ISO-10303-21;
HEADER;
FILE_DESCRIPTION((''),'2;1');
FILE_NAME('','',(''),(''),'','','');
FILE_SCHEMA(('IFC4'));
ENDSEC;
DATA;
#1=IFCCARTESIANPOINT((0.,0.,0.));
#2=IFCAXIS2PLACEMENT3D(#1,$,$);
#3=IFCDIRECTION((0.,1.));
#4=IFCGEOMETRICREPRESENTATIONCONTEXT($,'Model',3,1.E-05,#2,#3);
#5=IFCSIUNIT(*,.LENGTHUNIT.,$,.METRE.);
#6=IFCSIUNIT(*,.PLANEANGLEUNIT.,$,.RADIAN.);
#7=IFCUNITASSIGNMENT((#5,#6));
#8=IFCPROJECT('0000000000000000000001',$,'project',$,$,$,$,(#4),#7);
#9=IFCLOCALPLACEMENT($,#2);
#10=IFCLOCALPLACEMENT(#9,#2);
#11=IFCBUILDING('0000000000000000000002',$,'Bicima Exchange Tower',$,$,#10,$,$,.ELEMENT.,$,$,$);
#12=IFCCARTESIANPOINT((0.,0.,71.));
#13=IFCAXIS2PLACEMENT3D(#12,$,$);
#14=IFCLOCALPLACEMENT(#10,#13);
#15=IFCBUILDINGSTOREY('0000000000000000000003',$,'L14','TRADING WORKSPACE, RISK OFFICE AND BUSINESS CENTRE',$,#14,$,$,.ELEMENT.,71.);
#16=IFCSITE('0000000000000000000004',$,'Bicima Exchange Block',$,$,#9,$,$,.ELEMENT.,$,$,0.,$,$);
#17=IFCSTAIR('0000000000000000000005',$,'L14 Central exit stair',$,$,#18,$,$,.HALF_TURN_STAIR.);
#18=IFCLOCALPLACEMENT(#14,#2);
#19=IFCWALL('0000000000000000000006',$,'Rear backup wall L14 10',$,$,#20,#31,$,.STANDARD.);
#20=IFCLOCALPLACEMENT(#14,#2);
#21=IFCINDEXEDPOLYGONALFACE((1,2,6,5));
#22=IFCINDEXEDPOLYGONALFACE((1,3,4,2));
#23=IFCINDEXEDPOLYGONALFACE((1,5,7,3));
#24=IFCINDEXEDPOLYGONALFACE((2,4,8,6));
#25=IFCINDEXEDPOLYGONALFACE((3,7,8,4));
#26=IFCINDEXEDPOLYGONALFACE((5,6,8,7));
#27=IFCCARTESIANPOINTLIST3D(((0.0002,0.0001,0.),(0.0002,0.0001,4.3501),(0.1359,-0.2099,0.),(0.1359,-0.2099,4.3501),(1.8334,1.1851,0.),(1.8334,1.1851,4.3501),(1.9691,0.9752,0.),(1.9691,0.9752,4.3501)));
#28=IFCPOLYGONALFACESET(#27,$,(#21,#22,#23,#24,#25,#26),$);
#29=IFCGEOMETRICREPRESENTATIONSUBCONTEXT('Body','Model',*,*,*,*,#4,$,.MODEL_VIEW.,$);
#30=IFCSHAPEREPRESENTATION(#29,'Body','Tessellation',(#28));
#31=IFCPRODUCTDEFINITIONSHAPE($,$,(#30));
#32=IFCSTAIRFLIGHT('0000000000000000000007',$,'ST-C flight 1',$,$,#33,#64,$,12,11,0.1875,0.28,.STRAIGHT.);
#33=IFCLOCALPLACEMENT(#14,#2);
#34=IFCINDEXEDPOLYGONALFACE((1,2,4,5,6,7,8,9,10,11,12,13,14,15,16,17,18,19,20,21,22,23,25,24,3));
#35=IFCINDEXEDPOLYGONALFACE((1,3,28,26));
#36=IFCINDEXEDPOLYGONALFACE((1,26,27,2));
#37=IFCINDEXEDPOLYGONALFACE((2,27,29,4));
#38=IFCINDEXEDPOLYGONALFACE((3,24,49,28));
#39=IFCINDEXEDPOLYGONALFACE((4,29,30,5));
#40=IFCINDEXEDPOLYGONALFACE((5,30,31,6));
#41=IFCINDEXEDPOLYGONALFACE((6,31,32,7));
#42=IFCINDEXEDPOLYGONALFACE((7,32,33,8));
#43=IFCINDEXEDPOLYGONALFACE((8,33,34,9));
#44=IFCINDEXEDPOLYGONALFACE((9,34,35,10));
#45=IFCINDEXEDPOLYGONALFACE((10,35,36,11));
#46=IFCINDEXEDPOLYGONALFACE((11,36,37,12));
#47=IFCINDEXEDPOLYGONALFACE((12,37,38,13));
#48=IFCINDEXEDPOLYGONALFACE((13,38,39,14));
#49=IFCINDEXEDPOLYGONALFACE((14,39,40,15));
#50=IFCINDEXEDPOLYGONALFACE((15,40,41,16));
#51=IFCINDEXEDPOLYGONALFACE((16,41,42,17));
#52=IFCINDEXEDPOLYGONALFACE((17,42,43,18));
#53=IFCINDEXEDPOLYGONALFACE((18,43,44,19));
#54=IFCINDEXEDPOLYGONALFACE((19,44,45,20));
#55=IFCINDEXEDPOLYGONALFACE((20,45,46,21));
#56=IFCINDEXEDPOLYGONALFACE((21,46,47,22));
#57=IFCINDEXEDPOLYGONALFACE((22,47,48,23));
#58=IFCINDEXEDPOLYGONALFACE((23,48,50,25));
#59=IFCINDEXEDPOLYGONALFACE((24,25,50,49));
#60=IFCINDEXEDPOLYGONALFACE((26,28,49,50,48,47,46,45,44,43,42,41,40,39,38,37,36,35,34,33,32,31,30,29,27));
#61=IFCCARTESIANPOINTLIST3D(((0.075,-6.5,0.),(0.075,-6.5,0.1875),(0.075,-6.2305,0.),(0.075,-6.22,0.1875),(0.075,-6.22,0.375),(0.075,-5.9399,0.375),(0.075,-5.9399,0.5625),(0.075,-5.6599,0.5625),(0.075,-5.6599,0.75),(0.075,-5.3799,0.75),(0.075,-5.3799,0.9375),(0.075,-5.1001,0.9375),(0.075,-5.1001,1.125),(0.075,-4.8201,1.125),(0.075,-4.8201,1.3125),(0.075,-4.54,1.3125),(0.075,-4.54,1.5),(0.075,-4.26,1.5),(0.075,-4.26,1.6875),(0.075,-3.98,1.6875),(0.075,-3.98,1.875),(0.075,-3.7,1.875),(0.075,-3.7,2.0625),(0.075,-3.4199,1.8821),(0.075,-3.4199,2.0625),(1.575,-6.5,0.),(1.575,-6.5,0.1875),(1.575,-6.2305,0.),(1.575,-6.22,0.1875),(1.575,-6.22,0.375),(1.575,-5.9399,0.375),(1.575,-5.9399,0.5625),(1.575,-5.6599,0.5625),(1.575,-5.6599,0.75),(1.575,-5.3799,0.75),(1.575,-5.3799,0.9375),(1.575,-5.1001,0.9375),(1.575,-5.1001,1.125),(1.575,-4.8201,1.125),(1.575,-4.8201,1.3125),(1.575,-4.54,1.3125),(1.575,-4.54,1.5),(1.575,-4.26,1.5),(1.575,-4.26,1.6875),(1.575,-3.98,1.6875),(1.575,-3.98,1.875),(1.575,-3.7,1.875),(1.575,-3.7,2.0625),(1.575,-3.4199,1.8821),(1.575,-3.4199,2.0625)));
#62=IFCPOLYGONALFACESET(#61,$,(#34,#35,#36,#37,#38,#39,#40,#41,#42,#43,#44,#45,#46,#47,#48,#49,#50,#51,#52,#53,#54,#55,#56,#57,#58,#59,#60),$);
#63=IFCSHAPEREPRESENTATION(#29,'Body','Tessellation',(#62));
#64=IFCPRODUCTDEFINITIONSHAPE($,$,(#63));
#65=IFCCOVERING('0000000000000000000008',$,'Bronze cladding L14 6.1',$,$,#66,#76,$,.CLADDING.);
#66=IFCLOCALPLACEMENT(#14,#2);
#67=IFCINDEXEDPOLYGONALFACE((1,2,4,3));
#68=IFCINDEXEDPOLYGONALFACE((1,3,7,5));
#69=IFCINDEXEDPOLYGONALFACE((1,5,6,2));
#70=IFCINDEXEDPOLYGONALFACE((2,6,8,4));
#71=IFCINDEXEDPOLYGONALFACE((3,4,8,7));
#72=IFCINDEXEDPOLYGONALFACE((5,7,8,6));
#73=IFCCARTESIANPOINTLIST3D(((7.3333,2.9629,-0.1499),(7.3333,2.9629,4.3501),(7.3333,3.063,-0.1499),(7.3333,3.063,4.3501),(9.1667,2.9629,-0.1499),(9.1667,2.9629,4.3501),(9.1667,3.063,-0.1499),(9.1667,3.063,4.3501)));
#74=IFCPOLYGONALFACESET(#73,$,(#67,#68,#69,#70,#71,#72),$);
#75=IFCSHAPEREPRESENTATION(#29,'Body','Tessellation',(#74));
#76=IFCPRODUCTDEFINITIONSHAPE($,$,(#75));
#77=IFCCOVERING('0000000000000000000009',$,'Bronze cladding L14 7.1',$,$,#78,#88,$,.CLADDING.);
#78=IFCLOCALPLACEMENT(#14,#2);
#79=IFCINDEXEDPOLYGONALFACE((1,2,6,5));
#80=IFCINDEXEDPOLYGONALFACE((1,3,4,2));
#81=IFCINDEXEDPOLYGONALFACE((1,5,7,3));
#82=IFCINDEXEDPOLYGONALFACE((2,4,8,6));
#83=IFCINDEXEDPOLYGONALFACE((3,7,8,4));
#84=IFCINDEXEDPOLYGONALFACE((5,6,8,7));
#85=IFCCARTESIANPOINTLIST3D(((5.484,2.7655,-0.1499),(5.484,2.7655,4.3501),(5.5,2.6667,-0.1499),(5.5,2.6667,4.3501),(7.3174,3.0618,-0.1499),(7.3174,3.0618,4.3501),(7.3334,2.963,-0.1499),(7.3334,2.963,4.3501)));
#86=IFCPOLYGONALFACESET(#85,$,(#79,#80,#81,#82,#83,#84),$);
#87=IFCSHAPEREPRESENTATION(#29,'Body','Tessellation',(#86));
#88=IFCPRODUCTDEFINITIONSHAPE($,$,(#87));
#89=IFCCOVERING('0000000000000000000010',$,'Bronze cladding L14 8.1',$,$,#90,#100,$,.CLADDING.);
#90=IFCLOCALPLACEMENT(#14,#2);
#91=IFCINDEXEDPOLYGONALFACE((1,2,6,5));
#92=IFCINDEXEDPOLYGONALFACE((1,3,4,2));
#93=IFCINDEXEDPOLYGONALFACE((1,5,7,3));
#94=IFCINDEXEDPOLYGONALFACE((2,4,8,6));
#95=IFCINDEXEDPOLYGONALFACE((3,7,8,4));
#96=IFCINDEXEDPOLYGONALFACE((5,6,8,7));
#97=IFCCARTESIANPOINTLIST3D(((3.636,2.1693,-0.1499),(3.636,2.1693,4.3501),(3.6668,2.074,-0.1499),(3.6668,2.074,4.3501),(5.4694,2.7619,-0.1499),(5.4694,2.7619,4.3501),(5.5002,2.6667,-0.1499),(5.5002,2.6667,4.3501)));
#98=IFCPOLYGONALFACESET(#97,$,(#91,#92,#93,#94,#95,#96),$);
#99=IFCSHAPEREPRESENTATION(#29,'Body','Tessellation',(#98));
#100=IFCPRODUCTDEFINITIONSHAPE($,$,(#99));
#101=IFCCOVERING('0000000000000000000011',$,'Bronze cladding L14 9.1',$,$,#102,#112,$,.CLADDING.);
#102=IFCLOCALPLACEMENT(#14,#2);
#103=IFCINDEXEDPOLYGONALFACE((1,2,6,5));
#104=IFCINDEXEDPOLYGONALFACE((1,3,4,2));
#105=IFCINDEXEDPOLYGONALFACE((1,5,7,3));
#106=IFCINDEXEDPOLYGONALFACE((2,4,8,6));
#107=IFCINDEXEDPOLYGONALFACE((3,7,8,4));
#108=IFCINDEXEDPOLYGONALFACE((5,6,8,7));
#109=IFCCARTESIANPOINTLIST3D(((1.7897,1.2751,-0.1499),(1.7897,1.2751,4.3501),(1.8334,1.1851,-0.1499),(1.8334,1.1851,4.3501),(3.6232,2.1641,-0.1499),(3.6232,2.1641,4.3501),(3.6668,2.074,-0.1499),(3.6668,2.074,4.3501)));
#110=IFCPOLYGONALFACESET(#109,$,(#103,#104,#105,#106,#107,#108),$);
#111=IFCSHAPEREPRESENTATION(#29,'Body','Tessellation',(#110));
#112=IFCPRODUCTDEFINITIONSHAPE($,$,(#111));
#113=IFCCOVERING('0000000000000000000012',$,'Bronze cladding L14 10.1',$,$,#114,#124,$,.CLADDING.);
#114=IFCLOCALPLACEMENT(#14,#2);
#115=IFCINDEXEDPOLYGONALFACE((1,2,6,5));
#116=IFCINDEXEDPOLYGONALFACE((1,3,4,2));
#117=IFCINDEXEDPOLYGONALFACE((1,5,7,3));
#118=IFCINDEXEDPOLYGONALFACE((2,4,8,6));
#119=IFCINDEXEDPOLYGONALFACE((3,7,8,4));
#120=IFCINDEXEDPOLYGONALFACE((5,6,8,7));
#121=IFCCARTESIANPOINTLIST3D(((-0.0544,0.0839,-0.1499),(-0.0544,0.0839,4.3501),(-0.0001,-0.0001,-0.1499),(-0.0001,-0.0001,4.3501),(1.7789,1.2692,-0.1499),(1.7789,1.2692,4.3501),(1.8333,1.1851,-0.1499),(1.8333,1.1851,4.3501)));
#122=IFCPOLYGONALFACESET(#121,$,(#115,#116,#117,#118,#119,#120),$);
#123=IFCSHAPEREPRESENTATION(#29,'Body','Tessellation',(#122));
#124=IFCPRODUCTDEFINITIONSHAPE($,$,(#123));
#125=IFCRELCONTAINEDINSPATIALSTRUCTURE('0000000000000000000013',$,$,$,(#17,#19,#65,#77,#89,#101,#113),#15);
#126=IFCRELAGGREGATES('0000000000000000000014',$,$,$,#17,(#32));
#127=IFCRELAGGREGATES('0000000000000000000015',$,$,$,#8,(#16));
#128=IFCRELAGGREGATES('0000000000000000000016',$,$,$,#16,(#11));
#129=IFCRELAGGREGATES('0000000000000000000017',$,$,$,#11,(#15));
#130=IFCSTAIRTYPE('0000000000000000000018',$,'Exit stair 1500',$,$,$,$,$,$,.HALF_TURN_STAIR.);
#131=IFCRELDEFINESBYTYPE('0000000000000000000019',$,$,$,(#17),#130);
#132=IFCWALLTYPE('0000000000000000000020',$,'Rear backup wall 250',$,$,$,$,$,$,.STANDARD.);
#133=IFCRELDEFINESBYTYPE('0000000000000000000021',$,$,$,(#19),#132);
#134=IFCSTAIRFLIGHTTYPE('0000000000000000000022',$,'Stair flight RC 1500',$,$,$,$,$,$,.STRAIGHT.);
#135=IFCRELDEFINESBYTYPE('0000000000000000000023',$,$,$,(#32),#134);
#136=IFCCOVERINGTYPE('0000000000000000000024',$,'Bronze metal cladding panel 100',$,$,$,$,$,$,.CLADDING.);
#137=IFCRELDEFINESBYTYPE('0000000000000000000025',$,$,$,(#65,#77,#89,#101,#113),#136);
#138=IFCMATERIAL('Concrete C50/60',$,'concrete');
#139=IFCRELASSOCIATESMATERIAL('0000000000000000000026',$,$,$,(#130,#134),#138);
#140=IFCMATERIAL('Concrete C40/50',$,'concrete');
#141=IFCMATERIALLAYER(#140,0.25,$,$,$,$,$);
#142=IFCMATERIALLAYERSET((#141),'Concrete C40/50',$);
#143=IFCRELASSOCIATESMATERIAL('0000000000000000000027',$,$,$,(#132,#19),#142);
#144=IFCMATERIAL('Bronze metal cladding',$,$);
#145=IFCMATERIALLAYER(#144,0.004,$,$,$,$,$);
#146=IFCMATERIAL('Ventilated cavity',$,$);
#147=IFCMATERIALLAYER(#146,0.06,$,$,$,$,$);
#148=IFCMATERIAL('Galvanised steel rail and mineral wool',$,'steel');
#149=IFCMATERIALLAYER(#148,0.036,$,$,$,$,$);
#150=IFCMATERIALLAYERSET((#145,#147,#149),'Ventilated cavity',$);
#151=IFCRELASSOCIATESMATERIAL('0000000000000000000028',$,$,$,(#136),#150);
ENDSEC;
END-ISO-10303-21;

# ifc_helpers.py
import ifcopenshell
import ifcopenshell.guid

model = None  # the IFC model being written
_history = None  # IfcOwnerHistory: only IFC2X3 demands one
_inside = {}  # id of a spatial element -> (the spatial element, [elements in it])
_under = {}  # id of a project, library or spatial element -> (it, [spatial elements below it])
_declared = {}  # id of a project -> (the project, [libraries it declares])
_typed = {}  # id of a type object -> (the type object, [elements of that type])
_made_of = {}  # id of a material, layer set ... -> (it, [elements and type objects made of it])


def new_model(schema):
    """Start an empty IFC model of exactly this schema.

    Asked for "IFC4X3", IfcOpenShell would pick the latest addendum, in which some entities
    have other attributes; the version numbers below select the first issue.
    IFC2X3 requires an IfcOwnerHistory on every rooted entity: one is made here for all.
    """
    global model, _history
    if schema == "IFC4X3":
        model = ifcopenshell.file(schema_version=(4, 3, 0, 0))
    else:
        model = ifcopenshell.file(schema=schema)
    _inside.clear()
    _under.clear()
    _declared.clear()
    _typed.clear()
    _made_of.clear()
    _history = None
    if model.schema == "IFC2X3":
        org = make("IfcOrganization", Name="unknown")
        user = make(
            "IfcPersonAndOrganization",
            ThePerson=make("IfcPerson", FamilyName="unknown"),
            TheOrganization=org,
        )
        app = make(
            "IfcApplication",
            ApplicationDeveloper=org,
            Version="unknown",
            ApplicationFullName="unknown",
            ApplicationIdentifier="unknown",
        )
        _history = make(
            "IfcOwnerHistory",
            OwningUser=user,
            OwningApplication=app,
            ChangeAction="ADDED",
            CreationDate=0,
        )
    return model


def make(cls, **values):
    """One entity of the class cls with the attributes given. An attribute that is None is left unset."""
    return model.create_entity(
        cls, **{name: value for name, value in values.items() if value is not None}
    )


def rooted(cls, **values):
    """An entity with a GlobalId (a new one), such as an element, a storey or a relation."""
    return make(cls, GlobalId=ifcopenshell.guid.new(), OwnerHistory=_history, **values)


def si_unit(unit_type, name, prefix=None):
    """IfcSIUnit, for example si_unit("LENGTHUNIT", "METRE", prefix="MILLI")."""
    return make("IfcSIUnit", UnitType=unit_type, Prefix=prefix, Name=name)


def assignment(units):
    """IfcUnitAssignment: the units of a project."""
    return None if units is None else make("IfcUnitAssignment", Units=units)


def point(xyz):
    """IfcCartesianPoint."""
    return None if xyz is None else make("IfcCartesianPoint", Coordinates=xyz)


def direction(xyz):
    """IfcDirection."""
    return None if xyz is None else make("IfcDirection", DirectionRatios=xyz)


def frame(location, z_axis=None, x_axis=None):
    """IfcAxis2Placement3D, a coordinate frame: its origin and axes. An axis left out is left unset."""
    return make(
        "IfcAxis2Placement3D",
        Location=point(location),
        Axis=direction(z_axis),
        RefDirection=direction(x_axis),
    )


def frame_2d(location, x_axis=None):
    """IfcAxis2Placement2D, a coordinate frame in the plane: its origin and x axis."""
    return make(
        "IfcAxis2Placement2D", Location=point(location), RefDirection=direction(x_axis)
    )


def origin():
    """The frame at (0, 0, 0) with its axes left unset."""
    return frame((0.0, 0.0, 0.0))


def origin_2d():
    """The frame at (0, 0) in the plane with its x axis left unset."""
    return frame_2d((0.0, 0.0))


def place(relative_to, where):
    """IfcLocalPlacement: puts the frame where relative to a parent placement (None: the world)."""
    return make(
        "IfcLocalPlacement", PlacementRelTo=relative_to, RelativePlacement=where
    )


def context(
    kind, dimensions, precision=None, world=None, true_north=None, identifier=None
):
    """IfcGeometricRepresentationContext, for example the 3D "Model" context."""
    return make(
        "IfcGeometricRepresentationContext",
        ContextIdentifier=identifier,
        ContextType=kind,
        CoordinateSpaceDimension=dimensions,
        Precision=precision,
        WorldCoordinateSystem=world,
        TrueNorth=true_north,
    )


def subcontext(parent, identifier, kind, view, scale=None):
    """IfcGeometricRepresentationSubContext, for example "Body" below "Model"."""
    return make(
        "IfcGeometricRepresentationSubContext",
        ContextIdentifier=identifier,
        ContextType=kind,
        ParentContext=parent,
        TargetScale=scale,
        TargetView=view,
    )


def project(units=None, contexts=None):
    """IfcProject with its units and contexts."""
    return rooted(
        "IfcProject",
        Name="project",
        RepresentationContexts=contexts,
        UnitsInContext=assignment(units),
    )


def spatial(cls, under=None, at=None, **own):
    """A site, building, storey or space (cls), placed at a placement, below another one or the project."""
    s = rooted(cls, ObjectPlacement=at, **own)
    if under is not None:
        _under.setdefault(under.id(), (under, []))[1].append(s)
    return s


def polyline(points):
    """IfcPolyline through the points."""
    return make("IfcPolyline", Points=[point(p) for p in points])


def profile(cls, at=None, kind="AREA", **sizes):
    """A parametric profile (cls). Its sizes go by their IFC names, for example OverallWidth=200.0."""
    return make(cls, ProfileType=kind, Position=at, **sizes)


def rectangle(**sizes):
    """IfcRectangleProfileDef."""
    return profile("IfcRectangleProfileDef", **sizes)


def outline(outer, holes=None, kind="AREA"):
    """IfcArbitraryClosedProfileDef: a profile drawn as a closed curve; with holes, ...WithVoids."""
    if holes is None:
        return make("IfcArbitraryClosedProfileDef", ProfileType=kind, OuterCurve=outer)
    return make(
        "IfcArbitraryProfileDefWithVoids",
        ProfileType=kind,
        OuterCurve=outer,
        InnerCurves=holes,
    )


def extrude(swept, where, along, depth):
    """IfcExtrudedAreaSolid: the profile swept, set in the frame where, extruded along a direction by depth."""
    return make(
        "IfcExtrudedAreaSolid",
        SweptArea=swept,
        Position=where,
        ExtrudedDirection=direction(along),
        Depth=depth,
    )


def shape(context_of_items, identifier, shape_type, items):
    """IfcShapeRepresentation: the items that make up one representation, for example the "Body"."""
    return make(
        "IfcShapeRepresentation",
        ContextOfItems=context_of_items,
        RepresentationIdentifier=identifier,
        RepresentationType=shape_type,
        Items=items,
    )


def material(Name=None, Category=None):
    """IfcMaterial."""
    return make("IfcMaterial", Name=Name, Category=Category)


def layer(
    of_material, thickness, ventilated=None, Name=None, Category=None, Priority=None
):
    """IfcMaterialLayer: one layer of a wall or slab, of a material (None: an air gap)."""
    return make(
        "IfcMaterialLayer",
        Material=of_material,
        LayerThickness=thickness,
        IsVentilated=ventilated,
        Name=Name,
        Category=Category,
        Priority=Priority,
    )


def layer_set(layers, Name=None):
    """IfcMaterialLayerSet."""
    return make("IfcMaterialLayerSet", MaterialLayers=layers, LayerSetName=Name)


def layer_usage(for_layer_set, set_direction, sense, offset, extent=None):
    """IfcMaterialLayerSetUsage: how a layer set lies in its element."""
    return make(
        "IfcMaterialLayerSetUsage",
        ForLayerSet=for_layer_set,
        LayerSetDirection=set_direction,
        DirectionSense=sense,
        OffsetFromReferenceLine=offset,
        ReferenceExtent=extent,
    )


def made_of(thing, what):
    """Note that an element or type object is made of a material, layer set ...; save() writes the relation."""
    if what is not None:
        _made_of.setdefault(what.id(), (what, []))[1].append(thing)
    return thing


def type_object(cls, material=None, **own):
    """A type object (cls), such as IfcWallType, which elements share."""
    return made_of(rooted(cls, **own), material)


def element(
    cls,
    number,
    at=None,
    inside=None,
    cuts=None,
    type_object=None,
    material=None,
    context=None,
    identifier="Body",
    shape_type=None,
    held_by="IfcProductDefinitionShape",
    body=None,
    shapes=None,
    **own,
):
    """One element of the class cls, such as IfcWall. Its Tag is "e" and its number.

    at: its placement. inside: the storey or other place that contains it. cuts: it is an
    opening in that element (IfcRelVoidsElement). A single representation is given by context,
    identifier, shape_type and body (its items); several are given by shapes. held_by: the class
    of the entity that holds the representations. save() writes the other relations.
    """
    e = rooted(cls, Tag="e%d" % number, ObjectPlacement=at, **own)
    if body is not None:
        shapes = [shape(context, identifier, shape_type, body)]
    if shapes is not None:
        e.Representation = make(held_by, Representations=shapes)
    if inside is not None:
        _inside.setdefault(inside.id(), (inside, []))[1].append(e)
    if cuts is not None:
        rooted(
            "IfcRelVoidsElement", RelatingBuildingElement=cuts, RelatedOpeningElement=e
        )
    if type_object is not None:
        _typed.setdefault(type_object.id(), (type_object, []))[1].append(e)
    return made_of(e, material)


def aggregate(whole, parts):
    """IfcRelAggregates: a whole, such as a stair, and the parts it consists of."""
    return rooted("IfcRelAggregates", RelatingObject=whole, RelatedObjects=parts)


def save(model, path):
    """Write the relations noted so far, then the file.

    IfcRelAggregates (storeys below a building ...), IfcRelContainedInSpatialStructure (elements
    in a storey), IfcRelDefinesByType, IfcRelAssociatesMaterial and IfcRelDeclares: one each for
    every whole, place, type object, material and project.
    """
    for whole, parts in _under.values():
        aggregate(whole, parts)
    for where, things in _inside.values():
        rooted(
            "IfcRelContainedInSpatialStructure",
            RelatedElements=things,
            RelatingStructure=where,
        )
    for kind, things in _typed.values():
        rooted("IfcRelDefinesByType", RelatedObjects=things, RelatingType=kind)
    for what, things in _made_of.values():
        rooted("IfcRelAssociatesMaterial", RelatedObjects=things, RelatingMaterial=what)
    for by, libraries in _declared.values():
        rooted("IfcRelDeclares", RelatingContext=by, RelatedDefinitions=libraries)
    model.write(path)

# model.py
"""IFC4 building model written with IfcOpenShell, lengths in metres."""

from ifc_helpers import new_model, si_unit, direction, frame, frame_2d, origin, origin_2d, place, context, subcontext, project, spatial, polyline, rectangle, outline, extrude, material, layer, layer_set, layer_usage, type_object, element, aggregate, save


model = new_model("IFC4")

# Units and contexts
model_context = context("Model", 3, precision=1e-05, world=origin(), true_north=direction((0.0, 1.0)))
body_context = subcontext(model_context, "Body", "Model", "MODEL_VIEW")
ifc_project = project(units=[si_unit("LENGTHUNIT", "METRE"), si_unit("PLANEANGLEUNIT", "RADIAN")], contexts=[model_context])

# Site, building, storey
site_placement = place(None, origin())
site = spatial("IfcSite", under=ifc_project, at=site_placement, Name="Bicima Exchange Block", CompositionType="ELEMENT", RefElevation=0.0)
building_placement = place(site_placement, origin())
building = spatial("IfcBuilding", under=site, at=building_placement, Name="Bicima Exchange Tower", CompositionType="ELEMENT")
storey_placement = place(building_placement, frame((0.0, 0.0, 71.0)))
storey = spatial("IfcBuildingStorey", under=building, at=storey_placement, Name="L14", Description="TRADING WORKSPACE, RISK OFFICE AND BUSINESS CENTRE", CompositionType="ELEMENT", Elevation=71.0)

# Stair
ifc_material_1 = material(Name="Concrete C50/60", Category="concrete")
stair_type_1 = type_object("IfcStairType", Name="Exit stair 1500", PredefinedType="HALF_TURN_STAIR", material=ifc_material_1)
stair_1_placement = place(storey_placement, origin())
stair_1 = element("IfcStair", 1, at=stair_1_placement, inside=storey, type_object=stair_type_1, Name="L14 Central exit stair", PredefinedType="HALF_TURN_STAIR")

# Wall
ifc_material_2 = material(Name="Concrete C40/50", Category="concrete")
ifc_layer_1 = layer(ifc_material_2, 0.25)
ifc_layer_set_1 = layer_set([ifc_layer_1], Name="Concrete C40/50")
ifc_layer_usage = layer_usage(ifc_layer_set_1, "AXIS2", "POSITIVE", -0.125)
wall_type_1 = type_object("IfcWallType", Name="Rear backup wall 250", PredefinedType="STANDARD", material=ifc_layer_set_1)
wall_1_placement = place(storey_placement, frame((1.9011, 1.0801, 0.0), z_axis=(0.0, 0.0, 1.0), x_axis=(-0.839813, -0.542876, 0.0)))
element("IfcWall", 2, at=wall_1_placement, inside=storey, type_object=wall_type_1, material=ifc_layer_usage, Name="Rear backup wall L14 10", PredefinedType="STANDARD", context=body_context, shape_type="SweptSolid", body=[
    extrude(rectangle(XDim=2.1829, YDim=0.25, at=frame_2d((1.0913, 0.0))), origin(), (0.0, 0.0, 1.0), 4.3501),
])

# Stair flight
stair_flight_type = type_object("IfcStairFlightType", Name="Stair flight RC 1500", PredefinedType="STRAIGHT", material=ifc_material_1)
stair_flight_placement = place(storey_placement, frame((0.825, -6.5, 0.0), z_axis=(0.0, 0.0, 1.0), x_axis=(0.0, 1.0, 0.0)))
stair_flight = element("IfcStairFlight", 3, at=stair_flight_placement, type_object=stair_flight_type, Name="ST-C flight 1", NumberOfRisers=12, NumberOfTreads=11, PredefinedType="STRAIGHT", RiserHeight=0.1875, TreadLength=0.28, context=body_context, shape_type="SweptSolid", body=[
    extrude(outline(polyline([(0.0, 0.0), (0.0, 0.1875), (0.28, 0.1875), (0.28, 0.375), (0.5601, 0.375), (0.5601, 0.5625), (0.8401, 0.5625), (0.8401, 0.75), (1.1201, 0.75), (1.1201, 0.9375), (1.3999, 0.9375), (1.3999, 1.125), (1.6799, 1.125), (1.6799, 1.3125), (1.96, 1.3125), (1.96, 1.5), (2.24, 1.5), (2.24, 1.6875), (2.52, 1.6875), (2.52, 1.875), (2.8, 1.875), (2.8, 2.0625), (3.0801, 2.0625), (3.0801, 2.25), (3.0801, 1.8821), (0.2695, 0.0), (0.0, 0.0)])), frame((0.0, 0.75, 0.0), z_axis=(0.0, -1.0, 0.0), x_axis=(1.0, 0.0, 0.0)), (0.0, 0.0, 1.0), 1.5),
])
aggregate(stair_1, [stair_flight])

# Coverings
ifc_material_3 = material(Name="Bronze metal cladding")
ifc_layer_2 = layer(ifc_material_3, 0.004)
ifc_material_4 = material(Name="Ventilated cavity")
ifc_layer_3 = layer(ifc_material_4, 0.06)
ifc_material_5 = material(Name="Galvanised steel rail and mineral wool", Category="steel")
ifc_layer_4 = layer(ifc_material_5, 0.036)
ifc_layer_set_2 = layer_set([ifc_layer_2, ifc_layer_3, ifc_layer_4], Name="Ventilated cavity")
covering_type = type_object("IfcCoveringType", Name="Bronze metal cladding panel 100", PredefinedType="CLADDING", material=ifc_layer_set_2)
covering_1_placement = place(storey_placement, frame((8.25, 3.0129, -0.1499), z_axis=(0.0, 0.0, 1.0), x_axis=(-1.0, 0.0, 0.0)))
element("IfcCovering", 4, at=covering_1_placement, inside=storey, type_object=covering_type, Name="Bronze cladding L14 6.1", PredefinedType="CLADDING", context=body_context, shape_type="SweptSolid", body=[
    extrude(rectangle(XDim=1.8335, YDim=0.1001, at=origin_2d()), origin(), (0.0, 0.0, 1.0), 4.5),
])
covering_2_placement = place(storey_placement, frame((6.4087, 2.8643, -0.1499), z_axis=(0.0, 0.0, 1.0), x_axis=(-0.98719, -0.15955, 0.0)))
element("IfcCovering", 5, at=covering_2_placement, inside=storey, type_object=covering_type, Name="Bronze cladding L14 7.1", PredefinedType="CLADDING", context=body_context, shape_type="SweptSolid", body=[
    extrude(rectangle(XDim=1.8572, YDim=0.1001, at=origin_2d()), origin(), (0.0, 0.0, 1.0), 4.5),
])
covering_3_placement = place(storey_placement, frame((4.5681, 2.418, -0.1499), z_axis=(0.0, 0.0, 1.0), x_axis=(-0.951525, -0.307573, 0.0)))
element("IfcCovering", 6, at=covering_3_placement, inside=storey, type_object=covering_type, Name="Bronze cladding L14 8.1", PredefinedType="CLADDING", context=body_context, shape_type="SweptSolid", body=[
    extrude(rectangle(XDim=1.9268, YDim=0.1001, at=origin_2d()), origin(), (0.0, 0.0, 1.0), 4.5),
])
covering_4_placement = place(storey_placement, frame((2.7283, 1.6746, -0.1499), z_axis=(0.0, 0.0, 1.0), x_axis=(-0.899818, -0.436265, 0.0)))
element("IfcCovering", 7, at=covering_4_placement, inside=storey, type_object=covering_type, Name="Bronze cladding L14 9.1", PredefinedType="CLADDING", context=body_context, shape_type="SweptSolid", body=[
    extrude(rectangle(XDim=2.0376, YDim=0.1001, at=origin_2d()), origin(), (0.0, 0.0, 1.0), 4.5),
])
covering_5_placement = place(storey_placement, frame((0.8894, 0.6345, -0.1499), z_axis=(0.0, 0.0, 1.0), x_axis=(-0.83979, -0.542911, 0.0)))
element("IfcCovering", 8, at=covering_5_placement, inside=storey, type_object=covering_type, Name="Bronze cladding L14 10.1", PredefinedType="CLADDING", context=body_context, shape_type="SweptSolid", body=[
    extrude(rectangle(XDim=2.1831, YDim=0.1001, at=origin_2d()), origin(), (0.0, 0.0, 1.0), 4.5),
])

save(model, "model.ifc")
